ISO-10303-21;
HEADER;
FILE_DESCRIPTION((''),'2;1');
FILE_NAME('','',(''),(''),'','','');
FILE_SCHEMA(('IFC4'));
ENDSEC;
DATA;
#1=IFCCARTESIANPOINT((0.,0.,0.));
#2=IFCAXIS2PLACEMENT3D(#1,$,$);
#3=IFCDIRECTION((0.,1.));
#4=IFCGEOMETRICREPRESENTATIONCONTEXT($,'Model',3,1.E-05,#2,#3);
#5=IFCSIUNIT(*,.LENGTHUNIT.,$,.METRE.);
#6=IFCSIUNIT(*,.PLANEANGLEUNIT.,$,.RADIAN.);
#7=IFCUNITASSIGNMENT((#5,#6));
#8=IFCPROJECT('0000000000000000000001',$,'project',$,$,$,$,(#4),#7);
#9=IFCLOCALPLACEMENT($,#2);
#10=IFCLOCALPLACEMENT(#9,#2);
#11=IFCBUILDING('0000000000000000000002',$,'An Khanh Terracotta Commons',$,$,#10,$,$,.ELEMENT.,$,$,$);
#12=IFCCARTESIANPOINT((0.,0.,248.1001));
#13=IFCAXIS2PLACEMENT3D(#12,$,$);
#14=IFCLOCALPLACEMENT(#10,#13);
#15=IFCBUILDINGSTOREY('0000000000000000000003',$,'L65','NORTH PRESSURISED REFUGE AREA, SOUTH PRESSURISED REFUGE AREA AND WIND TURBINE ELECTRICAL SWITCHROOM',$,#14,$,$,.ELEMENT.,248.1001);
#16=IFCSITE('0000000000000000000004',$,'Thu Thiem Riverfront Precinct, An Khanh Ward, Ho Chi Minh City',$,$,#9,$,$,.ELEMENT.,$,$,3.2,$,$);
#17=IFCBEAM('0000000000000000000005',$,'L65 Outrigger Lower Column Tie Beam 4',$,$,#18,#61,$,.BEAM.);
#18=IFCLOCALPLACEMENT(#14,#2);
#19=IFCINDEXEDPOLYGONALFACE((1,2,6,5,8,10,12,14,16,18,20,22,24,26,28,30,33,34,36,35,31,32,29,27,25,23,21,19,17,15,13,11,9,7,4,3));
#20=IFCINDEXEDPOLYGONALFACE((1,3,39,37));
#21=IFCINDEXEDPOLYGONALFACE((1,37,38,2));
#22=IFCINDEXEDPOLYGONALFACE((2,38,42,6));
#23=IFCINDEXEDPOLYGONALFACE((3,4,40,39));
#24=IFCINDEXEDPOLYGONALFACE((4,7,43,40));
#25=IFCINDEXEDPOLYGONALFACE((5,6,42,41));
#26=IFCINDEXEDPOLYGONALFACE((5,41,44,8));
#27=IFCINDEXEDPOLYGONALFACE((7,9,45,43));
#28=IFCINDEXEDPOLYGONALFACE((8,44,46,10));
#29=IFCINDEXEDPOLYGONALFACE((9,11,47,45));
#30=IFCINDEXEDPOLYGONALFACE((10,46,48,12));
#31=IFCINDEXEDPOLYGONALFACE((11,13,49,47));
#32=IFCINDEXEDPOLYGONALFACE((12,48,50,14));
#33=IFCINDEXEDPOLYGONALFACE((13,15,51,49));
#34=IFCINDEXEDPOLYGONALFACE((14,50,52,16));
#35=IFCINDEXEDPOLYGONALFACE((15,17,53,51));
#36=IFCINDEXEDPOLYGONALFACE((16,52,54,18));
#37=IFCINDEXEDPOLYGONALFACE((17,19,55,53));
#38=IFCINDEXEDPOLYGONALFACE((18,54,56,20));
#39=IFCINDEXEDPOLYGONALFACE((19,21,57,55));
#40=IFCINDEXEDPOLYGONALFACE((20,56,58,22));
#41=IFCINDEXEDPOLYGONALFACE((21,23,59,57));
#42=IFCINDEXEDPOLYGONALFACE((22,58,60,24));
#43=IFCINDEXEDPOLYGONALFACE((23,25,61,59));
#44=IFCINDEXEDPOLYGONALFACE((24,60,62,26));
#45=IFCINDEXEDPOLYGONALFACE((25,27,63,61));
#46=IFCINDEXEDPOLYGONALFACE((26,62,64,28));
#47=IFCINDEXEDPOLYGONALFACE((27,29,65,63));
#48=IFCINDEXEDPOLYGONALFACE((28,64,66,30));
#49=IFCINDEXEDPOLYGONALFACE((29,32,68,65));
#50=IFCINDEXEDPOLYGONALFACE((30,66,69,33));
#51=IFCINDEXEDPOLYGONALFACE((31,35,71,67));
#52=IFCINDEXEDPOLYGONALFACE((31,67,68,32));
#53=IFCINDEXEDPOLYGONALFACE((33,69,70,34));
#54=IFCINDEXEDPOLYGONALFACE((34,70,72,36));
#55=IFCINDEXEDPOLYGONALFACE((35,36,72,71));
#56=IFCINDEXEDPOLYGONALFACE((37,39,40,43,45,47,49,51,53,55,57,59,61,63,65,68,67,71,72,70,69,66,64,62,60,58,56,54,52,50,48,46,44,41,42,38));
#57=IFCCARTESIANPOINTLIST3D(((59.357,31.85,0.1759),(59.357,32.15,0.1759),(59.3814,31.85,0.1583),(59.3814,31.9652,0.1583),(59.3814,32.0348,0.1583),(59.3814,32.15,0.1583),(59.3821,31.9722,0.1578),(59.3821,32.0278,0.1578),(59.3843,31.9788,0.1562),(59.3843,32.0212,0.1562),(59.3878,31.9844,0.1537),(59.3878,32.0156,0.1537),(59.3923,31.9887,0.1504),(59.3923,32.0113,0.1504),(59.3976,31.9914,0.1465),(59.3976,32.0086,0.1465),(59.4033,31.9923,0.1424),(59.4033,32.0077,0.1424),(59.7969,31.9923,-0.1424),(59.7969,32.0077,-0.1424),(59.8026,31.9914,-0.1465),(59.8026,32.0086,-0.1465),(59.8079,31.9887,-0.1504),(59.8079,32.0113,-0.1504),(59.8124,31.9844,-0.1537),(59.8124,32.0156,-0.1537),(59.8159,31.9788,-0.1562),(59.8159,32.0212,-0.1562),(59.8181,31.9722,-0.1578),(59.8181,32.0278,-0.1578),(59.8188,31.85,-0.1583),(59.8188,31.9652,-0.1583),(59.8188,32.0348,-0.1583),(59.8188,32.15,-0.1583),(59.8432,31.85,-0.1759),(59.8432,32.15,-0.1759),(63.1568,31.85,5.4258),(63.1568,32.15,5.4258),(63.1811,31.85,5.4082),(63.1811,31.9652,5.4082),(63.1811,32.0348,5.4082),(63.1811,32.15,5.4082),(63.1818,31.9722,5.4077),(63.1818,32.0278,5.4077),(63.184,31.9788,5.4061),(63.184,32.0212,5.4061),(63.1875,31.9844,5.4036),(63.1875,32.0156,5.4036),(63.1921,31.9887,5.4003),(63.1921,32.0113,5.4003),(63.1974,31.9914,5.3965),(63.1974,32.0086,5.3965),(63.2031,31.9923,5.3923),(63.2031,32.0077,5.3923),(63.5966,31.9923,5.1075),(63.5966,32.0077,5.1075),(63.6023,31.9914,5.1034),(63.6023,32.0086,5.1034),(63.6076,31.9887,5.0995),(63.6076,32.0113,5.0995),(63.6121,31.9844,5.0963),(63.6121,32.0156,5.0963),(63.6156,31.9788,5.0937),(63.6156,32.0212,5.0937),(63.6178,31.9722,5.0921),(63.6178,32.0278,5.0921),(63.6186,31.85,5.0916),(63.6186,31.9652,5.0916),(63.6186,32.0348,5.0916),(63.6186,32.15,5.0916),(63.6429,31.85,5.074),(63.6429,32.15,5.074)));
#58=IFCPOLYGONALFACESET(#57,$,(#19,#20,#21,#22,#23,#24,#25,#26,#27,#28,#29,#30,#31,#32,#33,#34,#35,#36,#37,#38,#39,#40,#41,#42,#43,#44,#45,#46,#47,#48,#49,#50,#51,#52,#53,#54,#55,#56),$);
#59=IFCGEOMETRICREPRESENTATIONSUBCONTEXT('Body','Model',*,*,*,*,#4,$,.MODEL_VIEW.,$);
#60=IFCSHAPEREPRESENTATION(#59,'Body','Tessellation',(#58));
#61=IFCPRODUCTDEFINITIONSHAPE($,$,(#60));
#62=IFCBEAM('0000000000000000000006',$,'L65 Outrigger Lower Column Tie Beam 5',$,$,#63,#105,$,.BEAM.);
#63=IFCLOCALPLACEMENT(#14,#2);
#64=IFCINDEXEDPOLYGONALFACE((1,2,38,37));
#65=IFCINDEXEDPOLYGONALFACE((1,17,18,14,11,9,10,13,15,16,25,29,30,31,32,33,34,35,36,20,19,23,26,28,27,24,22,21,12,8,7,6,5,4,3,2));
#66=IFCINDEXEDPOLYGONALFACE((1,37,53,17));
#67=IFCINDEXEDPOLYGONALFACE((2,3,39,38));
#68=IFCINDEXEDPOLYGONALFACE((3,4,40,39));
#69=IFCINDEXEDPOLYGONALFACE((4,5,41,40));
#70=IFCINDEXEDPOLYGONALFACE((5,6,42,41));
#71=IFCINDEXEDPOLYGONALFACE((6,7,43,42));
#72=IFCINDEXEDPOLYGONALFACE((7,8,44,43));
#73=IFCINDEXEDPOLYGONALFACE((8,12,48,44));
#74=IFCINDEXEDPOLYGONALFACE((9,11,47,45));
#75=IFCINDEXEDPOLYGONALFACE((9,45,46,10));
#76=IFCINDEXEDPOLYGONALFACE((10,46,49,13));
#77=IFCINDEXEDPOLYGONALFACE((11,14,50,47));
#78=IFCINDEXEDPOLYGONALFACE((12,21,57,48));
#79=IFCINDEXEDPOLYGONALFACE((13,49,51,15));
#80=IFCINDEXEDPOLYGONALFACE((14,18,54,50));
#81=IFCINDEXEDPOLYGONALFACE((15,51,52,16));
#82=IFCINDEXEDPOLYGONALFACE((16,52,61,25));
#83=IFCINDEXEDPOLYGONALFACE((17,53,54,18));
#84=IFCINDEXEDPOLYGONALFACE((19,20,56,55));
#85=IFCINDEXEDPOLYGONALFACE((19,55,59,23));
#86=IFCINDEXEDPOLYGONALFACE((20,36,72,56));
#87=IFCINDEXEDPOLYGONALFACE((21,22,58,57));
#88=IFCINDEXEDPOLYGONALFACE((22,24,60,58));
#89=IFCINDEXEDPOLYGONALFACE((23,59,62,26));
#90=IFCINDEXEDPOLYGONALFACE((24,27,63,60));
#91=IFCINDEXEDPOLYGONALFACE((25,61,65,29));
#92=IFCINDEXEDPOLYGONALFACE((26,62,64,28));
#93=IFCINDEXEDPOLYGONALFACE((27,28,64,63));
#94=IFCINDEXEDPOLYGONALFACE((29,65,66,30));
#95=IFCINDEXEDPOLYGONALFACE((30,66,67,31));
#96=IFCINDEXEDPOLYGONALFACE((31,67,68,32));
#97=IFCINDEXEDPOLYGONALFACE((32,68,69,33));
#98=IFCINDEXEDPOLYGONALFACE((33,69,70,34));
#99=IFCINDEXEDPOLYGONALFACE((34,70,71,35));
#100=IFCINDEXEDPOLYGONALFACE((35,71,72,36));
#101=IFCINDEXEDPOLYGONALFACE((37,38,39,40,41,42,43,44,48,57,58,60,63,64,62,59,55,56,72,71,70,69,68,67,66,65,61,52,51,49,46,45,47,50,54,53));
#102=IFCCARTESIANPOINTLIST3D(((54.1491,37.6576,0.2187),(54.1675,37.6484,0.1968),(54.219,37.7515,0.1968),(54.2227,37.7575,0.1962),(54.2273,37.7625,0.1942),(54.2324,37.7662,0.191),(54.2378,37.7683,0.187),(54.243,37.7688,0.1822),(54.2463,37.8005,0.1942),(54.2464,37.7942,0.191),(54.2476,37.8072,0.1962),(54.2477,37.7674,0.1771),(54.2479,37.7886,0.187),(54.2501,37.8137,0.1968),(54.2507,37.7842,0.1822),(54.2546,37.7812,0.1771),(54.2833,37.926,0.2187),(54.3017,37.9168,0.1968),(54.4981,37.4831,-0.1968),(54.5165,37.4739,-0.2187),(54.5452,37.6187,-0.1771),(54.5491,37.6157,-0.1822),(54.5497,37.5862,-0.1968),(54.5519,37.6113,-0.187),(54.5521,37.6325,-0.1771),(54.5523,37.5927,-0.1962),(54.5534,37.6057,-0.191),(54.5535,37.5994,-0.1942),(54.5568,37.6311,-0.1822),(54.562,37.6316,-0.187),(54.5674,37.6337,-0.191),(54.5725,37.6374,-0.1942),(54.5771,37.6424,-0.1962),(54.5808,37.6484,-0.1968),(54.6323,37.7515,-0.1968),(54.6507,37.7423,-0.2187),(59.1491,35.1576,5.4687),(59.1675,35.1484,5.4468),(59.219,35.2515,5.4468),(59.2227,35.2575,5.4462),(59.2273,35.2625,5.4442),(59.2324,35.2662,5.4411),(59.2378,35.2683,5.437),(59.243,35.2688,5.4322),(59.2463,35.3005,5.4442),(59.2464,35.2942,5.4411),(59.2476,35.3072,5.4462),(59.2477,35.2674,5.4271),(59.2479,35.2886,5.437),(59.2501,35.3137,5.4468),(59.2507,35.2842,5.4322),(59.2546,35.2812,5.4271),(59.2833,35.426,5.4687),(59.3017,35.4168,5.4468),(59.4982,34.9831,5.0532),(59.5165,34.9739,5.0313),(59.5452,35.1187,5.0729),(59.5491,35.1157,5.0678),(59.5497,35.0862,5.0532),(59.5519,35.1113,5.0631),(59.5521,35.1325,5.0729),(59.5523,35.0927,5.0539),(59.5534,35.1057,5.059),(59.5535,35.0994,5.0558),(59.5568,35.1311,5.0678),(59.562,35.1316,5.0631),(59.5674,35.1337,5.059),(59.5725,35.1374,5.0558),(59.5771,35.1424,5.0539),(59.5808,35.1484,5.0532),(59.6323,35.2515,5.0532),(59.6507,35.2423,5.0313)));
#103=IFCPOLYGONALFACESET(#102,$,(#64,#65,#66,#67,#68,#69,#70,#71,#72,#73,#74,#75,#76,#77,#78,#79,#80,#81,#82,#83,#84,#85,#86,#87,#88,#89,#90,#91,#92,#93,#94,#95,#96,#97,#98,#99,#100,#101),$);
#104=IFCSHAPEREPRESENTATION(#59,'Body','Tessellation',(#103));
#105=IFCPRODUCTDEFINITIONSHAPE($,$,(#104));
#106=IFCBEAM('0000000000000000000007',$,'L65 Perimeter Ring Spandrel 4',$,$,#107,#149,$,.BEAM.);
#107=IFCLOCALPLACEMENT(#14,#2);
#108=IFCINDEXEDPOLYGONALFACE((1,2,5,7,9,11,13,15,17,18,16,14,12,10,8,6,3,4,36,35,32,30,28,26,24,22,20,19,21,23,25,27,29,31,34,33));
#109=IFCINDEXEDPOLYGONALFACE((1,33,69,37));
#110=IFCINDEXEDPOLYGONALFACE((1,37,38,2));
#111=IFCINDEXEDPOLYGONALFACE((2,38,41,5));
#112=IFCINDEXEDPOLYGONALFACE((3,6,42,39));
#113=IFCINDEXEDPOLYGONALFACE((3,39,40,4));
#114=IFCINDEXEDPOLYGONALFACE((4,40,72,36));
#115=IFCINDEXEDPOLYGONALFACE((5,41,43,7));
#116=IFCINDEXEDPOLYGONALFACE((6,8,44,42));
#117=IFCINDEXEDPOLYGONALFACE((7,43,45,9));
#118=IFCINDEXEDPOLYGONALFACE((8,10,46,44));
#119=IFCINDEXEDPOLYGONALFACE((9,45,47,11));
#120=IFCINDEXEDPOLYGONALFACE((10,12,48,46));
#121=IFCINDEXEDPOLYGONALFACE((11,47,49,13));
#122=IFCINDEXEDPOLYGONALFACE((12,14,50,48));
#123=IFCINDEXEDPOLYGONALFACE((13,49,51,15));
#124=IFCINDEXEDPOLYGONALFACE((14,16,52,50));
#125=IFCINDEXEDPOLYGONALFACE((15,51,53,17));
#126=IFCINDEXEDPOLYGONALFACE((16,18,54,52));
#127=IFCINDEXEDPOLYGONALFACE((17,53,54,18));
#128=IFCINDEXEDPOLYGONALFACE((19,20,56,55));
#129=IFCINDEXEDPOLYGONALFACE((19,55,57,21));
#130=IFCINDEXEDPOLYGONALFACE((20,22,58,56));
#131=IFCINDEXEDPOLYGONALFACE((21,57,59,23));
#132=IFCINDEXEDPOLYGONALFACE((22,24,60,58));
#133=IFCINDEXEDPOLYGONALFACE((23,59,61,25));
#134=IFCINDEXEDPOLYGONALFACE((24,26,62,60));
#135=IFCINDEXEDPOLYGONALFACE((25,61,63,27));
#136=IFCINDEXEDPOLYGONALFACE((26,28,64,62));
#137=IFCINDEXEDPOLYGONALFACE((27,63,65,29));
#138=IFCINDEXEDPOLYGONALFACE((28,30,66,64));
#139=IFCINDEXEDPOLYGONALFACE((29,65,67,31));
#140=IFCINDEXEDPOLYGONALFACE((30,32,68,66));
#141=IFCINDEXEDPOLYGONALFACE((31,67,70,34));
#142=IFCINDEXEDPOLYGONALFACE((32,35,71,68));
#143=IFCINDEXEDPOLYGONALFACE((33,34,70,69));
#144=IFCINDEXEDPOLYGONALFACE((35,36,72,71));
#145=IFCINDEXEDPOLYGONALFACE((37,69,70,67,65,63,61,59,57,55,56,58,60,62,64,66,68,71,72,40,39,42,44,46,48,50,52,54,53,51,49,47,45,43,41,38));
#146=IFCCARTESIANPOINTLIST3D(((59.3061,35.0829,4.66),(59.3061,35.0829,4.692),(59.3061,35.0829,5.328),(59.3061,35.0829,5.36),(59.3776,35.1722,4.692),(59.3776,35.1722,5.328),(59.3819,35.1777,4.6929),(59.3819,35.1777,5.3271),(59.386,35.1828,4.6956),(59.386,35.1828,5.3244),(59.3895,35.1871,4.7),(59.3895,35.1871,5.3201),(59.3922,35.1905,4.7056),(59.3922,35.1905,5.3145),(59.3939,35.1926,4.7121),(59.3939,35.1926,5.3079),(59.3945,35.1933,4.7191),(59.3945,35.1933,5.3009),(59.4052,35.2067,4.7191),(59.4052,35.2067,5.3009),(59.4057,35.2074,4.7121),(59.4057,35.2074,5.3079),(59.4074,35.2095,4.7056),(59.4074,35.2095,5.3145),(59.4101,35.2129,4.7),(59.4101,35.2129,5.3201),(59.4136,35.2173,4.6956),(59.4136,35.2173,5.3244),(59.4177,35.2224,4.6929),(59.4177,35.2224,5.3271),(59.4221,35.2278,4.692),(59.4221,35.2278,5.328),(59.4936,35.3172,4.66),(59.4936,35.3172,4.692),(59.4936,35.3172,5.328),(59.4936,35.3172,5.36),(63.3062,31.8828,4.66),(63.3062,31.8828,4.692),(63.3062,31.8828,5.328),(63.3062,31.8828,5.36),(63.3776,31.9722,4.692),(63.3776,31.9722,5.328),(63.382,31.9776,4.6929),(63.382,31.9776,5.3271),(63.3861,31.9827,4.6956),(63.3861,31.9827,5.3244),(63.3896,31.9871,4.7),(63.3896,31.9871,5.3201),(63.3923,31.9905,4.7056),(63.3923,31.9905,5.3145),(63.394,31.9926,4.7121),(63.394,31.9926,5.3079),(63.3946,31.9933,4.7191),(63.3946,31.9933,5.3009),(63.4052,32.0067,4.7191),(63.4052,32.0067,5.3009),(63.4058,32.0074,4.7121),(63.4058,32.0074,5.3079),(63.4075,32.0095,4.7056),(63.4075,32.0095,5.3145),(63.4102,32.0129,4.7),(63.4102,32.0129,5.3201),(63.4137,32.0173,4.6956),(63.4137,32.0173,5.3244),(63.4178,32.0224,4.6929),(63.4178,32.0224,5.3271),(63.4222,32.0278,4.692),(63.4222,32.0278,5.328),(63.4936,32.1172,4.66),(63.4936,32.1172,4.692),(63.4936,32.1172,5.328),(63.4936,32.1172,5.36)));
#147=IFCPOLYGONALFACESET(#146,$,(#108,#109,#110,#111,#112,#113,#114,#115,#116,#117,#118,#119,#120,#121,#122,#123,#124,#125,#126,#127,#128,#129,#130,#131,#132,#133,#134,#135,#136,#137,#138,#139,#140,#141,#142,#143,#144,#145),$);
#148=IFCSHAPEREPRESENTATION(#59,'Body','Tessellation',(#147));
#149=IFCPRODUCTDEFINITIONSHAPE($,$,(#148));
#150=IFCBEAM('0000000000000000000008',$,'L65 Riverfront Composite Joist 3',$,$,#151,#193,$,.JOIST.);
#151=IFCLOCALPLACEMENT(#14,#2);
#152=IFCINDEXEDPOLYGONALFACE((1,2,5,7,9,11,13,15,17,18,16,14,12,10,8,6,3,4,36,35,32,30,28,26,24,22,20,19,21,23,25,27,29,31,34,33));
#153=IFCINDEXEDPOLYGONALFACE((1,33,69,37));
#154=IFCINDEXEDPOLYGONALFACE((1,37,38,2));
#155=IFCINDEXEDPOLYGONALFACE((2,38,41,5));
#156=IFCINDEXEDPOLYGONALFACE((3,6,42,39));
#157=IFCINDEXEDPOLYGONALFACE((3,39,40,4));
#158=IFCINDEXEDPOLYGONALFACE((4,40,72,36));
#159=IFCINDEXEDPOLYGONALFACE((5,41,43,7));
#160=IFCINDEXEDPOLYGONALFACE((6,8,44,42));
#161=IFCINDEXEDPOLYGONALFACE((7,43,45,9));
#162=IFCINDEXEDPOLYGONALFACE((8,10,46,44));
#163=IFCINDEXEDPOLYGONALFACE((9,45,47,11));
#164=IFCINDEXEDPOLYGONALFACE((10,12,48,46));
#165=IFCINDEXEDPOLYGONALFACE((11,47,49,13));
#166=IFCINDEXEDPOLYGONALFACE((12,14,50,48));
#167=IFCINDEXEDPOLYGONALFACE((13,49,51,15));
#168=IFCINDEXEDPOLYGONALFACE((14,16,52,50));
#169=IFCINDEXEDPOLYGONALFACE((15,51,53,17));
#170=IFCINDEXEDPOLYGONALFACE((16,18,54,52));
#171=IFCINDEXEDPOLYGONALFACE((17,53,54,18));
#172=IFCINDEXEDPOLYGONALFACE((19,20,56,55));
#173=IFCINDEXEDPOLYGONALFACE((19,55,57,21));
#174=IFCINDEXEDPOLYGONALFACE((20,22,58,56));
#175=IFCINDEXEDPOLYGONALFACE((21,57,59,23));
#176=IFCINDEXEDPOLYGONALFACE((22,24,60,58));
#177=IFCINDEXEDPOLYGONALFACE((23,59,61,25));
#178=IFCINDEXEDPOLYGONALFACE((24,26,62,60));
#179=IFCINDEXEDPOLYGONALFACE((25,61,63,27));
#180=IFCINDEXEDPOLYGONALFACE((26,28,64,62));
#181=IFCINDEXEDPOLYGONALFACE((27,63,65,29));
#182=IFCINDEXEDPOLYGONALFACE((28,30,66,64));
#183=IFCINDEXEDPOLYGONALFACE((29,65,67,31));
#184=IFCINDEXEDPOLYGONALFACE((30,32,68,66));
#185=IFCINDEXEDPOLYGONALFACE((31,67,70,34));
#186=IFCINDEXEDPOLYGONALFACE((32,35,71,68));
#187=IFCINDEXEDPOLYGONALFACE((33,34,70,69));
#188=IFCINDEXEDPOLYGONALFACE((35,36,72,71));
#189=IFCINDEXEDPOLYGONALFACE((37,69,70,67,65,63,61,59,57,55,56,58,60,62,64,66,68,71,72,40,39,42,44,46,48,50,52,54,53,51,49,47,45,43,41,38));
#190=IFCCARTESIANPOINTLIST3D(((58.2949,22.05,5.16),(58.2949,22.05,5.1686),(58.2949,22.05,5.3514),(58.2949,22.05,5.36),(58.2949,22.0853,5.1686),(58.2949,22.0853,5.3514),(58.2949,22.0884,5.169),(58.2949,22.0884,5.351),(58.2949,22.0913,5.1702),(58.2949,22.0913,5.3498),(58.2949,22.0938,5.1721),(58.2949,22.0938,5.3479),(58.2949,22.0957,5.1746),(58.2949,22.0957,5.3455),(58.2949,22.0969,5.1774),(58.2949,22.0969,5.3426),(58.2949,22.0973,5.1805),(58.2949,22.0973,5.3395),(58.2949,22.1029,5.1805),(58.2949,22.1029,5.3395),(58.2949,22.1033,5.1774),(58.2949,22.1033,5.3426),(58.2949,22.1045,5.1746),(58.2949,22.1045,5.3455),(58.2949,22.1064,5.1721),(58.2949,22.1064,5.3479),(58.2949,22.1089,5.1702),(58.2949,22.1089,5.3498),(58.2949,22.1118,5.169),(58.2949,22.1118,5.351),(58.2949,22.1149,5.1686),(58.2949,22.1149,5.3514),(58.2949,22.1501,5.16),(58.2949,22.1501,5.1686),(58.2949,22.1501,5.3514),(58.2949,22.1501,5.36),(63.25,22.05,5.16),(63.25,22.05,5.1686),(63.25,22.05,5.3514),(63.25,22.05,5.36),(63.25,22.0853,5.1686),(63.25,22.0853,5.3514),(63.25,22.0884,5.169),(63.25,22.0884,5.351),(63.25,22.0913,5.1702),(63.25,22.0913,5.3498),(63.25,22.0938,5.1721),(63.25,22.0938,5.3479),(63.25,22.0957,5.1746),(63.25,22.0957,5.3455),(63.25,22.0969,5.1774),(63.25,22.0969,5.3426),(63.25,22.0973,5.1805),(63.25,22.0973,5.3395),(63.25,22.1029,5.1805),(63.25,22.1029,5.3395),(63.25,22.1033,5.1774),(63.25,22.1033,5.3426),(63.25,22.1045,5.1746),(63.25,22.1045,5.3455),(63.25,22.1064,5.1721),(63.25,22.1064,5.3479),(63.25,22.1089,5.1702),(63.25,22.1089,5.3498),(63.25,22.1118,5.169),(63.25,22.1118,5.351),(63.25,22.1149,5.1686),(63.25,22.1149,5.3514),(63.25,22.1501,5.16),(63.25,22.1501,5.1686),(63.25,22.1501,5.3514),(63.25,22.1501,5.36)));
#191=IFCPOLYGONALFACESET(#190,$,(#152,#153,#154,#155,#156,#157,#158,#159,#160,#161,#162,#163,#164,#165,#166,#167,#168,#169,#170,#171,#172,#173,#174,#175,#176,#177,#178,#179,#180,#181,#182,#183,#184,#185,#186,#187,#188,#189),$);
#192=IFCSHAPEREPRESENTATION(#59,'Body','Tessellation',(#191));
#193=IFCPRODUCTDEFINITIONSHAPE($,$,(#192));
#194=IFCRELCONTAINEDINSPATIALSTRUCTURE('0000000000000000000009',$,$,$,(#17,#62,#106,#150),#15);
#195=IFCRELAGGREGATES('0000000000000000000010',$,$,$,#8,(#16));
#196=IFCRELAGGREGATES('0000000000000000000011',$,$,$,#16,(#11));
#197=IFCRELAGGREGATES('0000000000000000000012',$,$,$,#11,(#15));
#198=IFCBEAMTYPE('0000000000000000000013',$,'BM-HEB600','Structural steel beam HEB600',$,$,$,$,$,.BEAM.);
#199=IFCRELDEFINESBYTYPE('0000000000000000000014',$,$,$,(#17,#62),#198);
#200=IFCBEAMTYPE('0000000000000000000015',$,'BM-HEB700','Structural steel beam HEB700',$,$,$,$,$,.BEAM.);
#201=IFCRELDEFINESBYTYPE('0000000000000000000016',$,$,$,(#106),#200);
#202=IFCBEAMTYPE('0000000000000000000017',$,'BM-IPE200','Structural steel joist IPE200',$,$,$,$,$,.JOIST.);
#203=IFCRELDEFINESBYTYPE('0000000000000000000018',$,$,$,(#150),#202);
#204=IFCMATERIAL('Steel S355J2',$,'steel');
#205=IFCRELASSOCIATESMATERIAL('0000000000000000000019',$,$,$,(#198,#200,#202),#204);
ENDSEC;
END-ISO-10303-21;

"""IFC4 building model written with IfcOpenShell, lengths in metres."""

from ifc_helpers import new_model, si_unit, direction, frame, origin, origin_2d, place, context, subcontext, project, spatial, i_section, extrude, material, material_profile, profile_set, type_object, element, save


model = new_model("IFC4")

# Units and contexts
model_context = context("Model", 3, precision=1e-05, world=origin(), true_north=direction((0.0, 1.0)))
body_context = subcontext(model_context, "Body", "Model", "MODEL_VIEW")
ifc_project = project(units=[si_unit("LENGTHUNIT", "METRE"), si_unit("PLANEANGLEUNIT", "RADIAN")], contexts=[model_context])

# Site, building, storey
site_placement = place(None, origin())
site = spatial("IfcSite", under=ifc_project, at=site_placement, Name="Thu Thiem Riverfront Precinct, An Khanh Ward, Ho Chi Minh City", CompositionType="ELEMENT", RefElevation=3.2)
building_placement = place(site_placement, origin())
building = spatial("IfcBuilding", under=site, at=building_placement, Name="An Khanh Terracotta Commons", CompositionType="ELEMENT")
storey_placement = place(building_placement, frame((0.0, 0.0, 248.1001)))
storey = spatial("IfcBuildingStorey", under=building, at=storey_placement, Name="L65", Description="NORTH PRESSURISED REFUGE AREA, SOUTH PRESSURISED REFUGE AREA AND WIND TURBINE ELECTRICAL SWITCHROOM", CompositionType="ELEMENT", Elevation=248.1001)

# Beams
ifc_material_1 = material(Name="Steel S355J2", Category="steel")
ifc_material_profile_1 = material_profile(ifc_material_1, i_section(OverallWidth=0.3, OverallDepth=0.6001, WebThickness=0.0154, FlangeThickness=0.03, FilletRadius=0.0271, at=origin_2d()), Name="HEB600")
ifc_profile_set_1 = profile_set([ifc_material_profile_1], Name="Steel S355J2")
beam_type_1 = type_object("IfcBeamType", Name="BM-HEB600", Description="Structural steel beam HEB600", PredefinedType="BEAM", material=ifc_profile_set_1)
beam_1_placement = place(storey_placement, frame((59.6001, 32.0, 0.0), z_axis=(0.586316, 0.0, 0.810083), x_axis=(0.0, 1.0, 0.0)))
element("IfcBeam", 1, at=beam_1_placement, inside=storey, type_object=beam_type_1, Name="L65 Outrigger Lower Column Tie Beam 4", PredefinedType="BEAM", context=body_context, shape_type="SweptSolid", body=[
    extrude(i_section(OverallWidth=0.3, OverallDepth=0.6001, WebThickness=0.0154, FlangeThickness=0.03, FilletRadius=0.0271, at=origin_2d()), origin(), (0.0, 0.0, 1.0), 6.4807),
])
beam_2_placement = place(storey_placement, frame((54.3999, 37.7, 0.0), z_axis=(0.651981, -0.325991, 0.68458), x_axis=(0.447214, 0.894427, 0.0)))
element("IfcBeam", 2, at=beam_2_placement, inside=storey, type_object=beam_type_1, Name="L65 Outrigger Lower Column Tie Beam 5", PredefinedType="BEAM", context=body_context, shape_type="SweptSolid", body=[
    extrude(i_section(OverallWidth=0.3, OverallDepth=0.6001, WebThickness=0.0154, FlangeThickness=0.03, FilletRadius=0.0271, at=origin_2d()), origin(), (0.0, 0.0, 1.0), 7.6689),
])
ifc_material_profile_2 = material_profile(ifc_material_1, i_section(OverallWidth=0.3, OverallDepth=0.7, WebThickness=0.0171, FlangeThickness=0.032, FilletRadius=0.0271, at=origin_2d()), Name="HEB700")
ifc_profile_set_2 = profile_set([ifc_material_profile_2], Name="Steel S355J2")
beam_type_2 = type_object("IfcBeamType", Name="BM-HEB700", Description="Structural steel beam HEB700", PredefinedType="BEAM", material=ifc_profile_set_2)
beam_3_placement = place(storey_placement, frame((63.3999, 32.0, 5.01), z_axis=(-0.780873, 0.624689, 0.0), x_axis=(-0.624689, -0.780873, 0.0)))
element("IfcBeam", 3, at=beam_3_placement, inside=storey, type_object=beam_type_2, Name="L65 Perimeter Ring Spandrel 4", PredefinedType="BEAM", context=body_context, shape_type="SweptSolid", body=[
    extrude(i_section(OverallWidth=0.3, OverallDepth=0.7, WebThickness=0.0171, FlangeThickness=0.032, FilletRadius=0.0271, at=origin_2d()), origin(), (0.0, 0.0, 1.0), 5.1226),
])
ifc_material_profile_3 = material_profile(ifc_material_1, i_section(OverallWidth=0.1001, OverallDepth=0.2, WebThickness=0.0056, FlangeThickness=0.0085, FilletRadius=0.012, at=origin_2d()), Name="IPE200")
ifc_profile_set_3 = profile_set([ifc_material_profile_3], Name="Steel S355J2")
beam_type_3 = type_object("IfcBeamType", Name="BM-IPE200", Description="Structural steel joist IPE200", PredefinedType="JOIST", material=ifc_profile_set_3)
for number, where, z_axis, x_axis, name in (
    (4, (58.2949, 22.1001, 5.26), (1.0, 0.0, 0.0), (0.0, 1.0, 0.0), "L65 Riverfront Composite Joist 3"),
):
    element("IfcBeam", number, at=place(storey_placement, frame(where, z_axis=z_axis, x_axis=x_axis)), inside=storey, type_object=beam_type_3, Name=name, PredefinedType="JOIST", context=body_context, shape_type="SweptSolid", body=[
        extrude(i_section(OverallWidth=0.1001, OverallDepth=0.2, WebThickness=0.0056, FlangeThickness=0.0085, FilletRadius=0.012, at=origin_2d()), origin(), (0.0, 0.0, 1.0), 4.9551),
    ])

save(model, "model.ifc")
